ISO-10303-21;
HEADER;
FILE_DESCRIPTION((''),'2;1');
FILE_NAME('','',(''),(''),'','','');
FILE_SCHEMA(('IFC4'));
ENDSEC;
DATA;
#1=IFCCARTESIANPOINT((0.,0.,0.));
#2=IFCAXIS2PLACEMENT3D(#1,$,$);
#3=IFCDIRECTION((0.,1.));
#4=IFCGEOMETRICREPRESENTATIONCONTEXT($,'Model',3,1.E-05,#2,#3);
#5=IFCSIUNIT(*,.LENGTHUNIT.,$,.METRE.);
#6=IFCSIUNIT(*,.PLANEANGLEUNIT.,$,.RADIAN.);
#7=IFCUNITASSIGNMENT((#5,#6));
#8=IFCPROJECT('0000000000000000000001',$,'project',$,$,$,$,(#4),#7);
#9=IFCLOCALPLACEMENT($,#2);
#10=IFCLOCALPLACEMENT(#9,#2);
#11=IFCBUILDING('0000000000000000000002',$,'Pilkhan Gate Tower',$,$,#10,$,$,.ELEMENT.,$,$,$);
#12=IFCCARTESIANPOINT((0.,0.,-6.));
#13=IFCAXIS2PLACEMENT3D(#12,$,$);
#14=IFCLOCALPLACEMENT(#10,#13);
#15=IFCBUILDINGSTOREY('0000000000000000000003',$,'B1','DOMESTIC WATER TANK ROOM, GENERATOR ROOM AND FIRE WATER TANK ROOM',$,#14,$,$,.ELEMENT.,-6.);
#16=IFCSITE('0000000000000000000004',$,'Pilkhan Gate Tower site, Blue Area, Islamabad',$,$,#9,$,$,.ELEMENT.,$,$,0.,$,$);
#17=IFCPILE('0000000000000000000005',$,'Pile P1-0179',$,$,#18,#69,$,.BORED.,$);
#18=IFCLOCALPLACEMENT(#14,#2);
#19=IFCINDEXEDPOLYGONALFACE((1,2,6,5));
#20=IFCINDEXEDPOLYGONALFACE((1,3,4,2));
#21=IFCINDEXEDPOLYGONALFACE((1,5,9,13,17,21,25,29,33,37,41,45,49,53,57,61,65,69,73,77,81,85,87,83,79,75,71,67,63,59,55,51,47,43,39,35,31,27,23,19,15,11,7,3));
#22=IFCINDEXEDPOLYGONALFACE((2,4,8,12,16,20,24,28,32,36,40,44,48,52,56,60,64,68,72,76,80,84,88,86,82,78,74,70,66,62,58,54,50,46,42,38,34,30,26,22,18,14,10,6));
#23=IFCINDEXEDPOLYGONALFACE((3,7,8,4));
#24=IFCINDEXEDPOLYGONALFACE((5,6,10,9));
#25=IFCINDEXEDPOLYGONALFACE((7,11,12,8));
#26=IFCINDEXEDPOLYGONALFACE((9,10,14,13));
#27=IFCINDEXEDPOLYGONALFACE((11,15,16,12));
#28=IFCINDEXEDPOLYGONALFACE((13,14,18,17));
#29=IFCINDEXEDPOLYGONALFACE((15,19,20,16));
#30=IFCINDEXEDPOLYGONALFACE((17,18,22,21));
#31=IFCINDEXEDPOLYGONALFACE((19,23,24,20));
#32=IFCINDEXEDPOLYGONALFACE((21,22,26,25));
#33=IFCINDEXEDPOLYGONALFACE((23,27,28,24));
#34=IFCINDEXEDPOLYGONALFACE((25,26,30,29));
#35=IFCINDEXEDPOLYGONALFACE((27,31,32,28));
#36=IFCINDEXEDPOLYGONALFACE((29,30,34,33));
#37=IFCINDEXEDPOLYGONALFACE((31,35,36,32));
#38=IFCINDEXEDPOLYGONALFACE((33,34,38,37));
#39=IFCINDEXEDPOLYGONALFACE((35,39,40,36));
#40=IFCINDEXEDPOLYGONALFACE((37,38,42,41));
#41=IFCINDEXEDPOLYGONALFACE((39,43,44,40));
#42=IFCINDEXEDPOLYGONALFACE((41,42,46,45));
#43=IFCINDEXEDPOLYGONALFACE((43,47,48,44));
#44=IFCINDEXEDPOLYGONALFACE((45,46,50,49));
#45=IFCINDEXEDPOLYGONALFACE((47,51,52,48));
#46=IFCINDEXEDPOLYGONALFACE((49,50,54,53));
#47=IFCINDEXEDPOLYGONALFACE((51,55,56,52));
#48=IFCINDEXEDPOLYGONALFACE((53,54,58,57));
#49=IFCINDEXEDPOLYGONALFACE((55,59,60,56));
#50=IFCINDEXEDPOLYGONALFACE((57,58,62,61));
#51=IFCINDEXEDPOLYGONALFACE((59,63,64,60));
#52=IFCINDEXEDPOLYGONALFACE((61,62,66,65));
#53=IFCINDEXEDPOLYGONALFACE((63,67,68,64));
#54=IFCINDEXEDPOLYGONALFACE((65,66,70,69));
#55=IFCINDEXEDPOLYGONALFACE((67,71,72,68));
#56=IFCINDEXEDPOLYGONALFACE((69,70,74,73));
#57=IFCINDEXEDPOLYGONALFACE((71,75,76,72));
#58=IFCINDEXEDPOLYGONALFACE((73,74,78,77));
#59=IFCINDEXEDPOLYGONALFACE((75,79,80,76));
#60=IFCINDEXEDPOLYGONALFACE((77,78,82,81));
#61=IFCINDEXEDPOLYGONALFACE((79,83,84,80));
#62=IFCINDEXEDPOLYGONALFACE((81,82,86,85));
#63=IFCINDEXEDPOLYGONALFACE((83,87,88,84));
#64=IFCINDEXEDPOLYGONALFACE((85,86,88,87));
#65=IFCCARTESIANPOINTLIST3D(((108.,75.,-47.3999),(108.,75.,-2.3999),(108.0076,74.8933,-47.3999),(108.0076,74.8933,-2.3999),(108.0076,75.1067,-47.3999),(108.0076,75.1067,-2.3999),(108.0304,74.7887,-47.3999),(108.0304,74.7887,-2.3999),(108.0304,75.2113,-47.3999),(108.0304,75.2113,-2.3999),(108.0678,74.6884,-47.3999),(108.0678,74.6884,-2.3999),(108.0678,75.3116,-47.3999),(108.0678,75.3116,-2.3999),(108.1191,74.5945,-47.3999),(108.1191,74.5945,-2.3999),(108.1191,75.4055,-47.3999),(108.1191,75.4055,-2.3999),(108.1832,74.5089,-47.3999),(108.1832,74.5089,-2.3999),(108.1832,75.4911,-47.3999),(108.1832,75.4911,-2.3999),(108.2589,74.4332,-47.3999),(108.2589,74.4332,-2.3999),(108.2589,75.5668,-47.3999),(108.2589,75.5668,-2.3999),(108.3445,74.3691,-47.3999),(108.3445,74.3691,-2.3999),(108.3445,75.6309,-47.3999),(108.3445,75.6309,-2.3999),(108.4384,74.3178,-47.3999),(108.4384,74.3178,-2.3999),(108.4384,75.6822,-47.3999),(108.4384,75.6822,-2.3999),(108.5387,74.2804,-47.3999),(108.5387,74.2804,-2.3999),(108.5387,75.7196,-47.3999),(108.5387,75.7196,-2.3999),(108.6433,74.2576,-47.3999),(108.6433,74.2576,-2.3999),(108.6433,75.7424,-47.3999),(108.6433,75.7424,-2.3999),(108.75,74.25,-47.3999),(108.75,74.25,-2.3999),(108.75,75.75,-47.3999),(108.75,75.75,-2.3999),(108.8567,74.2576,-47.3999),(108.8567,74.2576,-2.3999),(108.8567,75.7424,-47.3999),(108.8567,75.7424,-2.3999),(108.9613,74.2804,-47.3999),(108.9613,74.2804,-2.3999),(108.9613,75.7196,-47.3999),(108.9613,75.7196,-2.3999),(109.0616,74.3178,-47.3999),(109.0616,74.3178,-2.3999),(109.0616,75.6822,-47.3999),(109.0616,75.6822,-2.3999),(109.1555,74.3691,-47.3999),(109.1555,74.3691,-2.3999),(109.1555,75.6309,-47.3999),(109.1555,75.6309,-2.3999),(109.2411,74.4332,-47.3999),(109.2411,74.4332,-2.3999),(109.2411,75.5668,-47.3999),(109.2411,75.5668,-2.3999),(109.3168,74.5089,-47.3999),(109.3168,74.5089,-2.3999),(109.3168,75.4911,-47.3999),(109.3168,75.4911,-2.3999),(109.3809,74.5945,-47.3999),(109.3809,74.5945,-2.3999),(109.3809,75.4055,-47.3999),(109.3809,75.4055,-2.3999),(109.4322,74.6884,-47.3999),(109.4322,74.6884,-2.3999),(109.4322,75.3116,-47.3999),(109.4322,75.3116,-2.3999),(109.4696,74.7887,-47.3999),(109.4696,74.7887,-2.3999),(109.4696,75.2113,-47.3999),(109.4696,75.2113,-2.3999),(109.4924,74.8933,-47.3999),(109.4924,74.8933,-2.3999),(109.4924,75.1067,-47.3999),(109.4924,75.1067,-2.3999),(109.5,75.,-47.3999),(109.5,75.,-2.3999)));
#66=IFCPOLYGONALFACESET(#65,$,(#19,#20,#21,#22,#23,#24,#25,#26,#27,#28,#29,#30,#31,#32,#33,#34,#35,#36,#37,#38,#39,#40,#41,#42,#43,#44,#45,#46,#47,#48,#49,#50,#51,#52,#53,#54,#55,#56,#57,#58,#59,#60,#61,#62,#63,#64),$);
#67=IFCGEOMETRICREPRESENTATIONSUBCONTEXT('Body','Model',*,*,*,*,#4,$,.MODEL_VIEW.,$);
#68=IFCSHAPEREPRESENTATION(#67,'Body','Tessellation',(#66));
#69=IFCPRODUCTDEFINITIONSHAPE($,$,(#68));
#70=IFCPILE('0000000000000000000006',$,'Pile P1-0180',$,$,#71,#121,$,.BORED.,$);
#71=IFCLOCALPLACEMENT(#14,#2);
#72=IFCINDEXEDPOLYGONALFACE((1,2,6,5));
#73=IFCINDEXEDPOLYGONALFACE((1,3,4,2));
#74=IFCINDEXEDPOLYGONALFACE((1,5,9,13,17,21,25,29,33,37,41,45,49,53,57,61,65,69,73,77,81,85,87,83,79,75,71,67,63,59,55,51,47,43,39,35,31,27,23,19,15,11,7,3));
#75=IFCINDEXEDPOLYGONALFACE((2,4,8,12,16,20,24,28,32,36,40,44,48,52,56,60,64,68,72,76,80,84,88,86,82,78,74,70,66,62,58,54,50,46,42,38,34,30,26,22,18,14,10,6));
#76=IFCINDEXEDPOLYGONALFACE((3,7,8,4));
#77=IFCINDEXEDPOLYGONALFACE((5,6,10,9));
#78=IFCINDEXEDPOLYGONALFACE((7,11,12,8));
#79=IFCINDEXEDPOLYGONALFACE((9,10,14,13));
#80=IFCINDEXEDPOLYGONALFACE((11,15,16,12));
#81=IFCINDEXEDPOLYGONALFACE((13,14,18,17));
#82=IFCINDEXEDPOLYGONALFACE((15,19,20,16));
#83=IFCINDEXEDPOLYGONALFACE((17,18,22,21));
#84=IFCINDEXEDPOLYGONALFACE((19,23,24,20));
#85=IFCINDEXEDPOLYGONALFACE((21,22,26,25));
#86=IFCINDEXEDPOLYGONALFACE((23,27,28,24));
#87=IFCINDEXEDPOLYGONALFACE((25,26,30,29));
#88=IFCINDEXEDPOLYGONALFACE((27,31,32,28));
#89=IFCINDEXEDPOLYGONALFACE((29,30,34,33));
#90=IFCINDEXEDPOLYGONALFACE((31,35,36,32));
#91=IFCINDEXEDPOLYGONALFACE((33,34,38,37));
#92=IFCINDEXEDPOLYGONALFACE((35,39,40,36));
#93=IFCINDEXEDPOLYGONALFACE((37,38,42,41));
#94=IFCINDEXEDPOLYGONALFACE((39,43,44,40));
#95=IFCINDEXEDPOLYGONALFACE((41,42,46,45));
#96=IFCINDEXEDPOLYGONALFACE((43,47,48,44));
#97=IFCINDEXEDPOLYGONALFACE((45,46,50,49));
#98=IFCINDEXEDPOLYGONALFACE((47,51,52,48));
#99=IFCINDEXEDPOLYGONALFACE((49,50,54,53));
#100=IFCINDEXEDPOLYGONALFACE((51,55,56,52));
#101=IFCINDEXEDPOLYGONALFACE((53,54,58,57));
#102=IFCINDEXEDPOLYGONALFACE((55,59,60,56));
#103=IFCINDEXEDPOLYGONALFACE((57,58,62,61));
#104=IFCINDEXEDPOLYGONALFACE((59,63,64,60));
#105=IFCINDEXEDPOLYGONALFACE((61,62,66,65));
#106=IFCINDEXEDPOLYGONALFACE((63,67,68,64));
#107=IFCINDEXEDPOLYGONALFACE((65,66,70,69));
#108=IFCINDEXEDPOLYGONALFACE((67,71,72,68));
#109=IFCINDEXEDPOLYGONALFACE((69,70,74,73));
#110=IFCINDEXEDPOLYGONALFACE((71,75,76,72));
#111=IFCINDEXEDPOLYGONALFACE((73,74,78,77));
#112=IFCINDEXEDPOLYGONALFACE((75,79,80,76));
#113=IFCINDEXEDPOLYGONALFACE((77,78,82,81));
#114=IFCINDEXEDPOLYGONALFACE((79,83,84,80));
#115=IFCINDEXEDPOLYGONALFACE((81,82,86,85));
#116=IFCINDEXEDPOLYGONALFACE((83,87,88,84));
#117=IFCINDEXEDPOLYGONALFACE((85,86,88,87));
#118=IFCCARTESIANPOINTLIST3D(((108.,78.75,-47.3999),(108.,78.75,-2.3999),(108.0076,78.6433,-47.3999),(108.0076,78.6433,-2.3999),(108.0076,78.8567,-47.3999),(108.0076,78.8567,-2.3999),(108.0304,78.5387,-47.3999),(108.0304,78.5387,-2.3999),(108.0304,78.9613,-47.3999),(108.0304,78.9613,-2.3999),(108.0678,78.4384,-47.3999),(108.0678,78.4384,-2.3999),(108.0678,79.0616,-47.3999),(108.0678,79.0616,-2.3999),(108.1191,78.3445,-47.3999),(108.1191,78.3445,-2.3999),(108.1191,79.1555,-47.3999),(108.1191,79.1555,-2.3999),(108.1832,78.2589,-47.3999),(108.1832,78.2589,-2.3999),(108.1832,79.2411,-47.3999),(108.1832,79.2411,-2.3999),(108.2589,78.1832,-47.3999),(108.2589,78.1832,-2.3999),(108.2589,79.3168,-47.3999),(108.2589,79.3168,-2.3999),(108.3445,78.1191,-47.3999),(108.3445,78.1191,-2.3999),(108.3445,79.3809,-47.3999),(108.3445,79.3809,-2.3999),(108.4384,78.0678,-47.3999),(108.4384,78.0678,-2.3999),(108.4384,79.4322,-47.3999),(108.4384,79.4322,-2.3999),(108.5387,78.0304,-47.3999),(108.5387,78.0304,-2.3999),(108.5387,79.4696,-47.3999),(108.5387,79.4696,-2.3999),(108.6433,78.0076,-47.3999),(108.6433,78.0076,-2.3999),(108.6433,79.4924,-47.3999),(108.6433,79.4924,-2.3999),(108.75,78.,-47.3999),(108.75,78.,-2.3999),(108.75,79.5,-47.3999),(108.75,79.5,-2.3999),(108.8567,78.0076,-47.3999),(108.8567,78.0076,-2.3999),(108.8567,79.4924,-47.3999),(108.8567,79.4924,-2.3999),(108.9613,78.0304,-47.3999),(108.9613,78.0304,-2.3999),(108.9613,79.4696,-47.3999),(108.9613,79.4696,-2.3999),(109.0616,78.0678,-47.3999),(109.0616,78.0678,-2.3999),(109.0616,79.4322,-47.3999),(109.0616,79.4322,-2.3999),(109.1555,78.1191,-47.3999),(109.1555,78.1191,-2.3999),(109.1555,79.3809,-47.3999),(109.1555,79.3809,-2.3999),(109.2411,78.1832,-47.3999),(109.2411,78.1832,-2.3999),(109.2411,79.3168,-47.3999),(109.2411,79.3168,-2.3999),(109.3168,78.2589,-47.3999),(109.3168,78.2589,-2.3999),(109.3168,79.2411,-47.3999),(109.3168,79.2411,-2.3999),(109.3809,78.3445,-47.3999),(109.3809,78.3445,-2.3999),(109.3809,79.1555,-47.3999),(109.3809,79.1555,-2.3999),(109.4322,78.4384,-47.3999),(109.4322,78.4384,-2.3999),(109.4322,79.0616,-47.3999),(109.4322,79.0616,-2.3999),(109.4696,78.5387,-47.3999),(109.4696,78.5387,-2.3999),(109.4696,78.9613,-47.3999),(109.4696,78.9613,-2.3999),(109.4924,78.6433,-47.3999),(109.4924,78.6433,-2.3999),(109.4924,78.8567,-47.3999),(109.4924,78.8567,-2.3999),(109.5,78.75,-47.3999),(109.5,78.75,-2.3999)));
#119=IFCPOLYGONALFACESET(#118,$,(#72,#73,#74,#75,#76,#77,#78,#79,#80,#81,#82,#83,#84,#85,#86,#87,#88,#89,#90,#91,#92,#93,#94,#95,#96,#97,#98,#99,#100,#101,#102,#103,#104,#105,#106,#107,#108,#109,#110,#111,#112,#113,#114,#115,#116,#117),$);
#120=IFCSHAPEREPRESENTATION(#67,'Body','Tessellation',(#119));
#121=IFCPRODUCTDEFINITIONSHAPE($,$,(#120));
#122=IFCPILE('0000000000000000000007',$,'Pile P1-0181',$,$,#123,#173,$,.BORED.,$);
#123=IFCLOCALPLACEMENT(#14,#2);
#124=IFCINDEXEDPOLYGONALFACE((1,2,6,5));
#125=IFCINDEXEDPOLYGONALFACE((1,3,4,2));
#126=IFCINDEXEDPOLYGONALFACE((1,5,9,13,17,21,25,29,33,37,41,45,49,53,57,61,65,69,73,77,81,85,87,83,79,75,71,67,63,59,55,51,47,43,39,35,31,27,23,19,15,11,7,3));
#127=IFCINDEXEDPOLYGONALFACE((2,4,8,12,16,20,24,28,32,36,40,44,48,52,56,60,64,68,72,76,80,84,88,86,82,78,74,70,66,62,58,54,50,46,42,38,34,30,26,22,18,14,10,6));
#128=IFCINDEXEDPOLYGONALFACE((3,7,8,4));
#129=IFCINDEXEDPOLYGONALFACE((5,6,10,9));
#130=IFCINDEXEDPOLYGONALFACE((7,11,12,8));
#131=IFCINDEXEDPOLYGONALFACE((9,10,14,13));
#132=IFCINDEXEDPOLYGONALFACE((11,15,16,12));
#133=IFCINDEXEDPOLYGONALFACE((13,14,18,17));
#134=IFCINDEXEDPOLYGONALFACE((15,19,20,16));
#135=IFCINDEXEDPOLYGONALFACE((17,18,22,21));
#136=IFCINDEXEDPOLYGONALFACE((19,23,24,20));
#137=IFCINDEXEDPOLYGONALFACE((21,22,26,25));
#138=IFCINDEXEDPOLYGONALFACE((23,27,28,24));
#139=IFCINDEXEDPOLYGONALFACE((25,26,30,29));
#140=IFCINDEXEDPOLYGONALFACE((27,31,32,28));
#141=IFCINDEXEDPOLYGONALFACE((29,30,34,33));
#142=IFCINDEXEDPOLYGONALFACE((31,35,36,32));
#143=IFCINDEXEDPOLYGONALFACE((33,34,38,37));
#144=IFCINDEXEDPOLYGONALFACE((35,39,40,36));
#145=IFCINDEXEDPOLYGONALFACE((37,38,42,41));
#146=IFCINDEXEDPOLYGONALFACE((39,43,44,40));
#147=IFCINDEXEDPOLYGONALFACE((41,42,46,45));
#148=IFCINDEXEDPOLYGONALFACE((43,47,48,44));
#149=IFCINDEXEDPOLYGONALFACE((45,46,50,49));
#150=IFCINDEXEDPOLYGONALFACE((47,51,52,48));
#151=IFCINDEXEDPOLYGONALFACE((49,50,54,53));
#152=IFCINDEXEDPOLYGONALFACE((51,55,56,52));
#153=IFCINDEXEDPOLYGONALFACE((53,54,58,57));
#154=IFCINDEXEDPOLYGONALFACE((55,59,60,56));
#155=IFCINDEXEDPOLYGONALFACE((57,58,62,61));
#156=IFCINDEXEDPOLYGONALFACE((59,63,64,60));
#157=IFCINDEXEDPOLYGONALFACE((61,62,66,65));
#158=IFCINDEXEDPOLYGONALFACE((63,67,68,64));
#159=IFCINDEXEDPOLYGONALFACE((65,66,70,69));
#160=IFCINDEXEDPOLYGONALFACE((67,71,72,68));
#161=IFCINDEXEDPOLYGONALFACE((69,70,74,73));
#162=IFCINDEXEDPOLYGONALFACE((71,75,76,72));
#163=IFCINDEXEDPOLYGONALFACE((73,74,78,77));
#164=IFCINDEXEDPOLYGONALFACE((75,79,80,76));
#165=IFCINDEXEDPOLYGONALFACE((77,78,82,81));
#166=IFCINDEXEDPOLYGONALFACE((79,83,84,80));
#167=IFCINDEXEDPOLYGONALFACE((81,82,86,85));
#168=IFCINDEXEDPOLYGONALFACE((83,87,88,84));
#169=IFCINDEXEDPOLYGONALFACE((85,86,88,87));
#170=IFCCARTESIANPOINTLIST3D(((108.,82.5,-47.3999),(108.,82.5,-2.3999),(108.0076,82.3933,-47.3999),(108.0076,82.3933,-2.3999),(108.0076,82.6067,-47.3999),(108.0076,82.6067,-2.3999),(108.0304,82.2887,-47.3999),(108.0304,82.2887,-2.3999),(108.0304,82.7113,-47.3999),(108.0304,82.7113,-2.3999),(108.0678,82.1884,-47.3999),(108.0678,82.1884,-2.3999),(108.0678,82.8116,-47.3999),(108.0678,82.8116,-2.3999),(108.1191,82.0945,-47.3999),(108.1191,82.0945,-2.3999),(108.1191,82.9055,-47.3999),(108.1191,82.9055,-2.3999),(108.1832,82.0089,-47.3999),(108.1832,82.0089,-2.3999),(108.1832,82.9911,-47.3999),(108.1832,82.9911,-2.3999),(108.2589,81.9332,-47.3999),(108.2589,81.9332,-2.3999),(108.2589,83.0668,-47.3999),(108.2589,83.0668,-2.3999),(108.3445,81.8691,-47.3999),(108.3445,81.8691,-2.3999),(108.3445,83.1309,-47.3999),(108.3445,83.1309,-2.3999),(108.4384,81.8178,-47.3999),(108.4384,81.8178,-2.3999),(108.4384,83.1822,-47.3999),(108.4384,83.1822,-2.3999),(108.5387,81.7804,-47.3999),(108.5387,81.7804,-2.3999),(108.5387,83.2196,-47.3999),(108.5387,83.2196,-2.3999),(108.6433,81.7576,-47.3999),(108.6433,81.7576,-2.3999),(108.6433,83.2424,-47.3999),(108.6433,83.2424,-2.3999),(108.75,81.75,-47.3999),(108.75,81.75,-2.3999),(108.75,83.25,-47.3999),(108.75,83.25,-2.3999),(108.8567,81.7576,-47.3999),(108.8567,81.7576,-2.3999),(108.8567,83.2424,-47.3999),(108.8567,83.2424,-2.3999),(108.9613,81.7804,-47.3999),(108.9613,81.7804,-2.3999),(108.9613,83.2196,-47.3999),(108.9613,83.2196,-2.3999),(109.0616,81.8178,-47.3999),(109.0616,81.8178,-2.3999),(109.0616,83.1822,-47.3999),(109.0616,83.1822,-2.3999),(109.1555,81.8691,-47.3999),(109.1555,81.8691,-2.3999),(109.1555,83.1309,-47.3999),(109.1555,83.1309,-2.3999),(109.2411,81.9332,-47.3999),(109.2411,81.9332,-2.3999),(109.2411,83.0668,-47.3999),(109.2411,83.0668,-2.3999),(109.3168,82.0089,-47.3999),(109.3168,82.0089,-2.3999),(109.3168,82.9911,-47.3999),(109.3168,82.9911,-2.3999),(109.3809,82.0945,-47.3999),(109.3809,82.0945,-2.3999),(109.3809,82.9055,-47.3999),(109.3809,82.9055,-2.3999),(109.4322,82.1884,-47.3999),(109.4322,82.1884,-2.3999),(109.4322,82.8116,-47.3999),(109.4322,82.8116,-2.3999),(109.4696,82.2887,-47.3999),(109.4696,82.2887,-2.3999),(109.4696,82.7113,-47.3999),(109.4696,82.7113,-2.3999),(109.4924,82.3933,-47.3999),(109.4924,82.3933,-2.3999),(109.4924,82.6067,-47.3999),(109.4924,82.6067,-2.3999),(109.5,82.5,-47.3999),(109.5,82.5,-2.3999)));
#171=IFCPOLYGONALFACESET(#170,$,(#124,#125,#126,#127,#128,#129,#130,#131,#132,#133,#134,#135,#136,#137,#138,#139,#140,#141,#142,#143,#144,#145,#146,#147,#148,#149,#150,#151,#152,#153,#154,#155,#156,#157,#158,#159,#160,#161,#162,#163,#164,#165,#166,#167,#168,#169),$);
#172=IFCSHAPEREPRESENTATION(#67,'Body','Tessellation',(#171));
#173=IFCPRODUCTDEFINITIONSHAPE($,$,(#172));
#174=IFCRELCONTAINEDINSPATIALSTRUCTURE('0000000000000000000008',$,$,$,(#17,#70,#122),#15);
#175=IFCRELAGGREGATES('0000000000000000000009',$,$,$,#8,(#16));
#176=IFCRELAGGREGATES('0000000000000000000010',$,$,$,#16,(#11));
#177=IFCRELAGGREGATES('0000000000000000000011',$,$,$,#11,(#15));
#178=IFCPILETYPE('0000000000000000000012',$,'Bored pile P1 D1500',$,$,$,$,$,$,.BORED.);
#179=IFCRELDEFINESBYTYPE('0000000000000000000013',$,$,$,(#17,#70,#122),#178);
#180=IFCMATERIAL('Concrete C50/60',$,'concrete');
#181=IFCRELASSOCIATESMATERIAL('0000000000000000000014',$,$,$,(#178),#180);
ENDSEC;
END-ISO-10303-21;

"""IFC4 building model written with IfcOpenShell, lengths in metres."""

from ifc_helpers import new_model, si_unit, direction, frame, origin, origin_2d, place, context, subcontext, project, spatial, circle, extrude, material, material_profile, profile_set, type_object, element, save


model = new_model("IFC4")

# Units and contexts
model_context = context("Model", 3, precision=1e-05, world=origin(), true_north=direction((0.0, 1.0)))
body_context = subcontext(model_context, "Body", "Model", "MODEL_VIEW")
ifc_project = project(units=[si_unit("LENGTHUNIT", "METRE"), si_unit("PLANEANGLEUNIT", "RADIAN")], contexts=[model_context])

# Site, building, storey
site_placement = place(None, origin())
site = spatial("IfcSite", under=ifc_project, at=site_placement, Name="Pilkhan Gate Tower site, Blue Area, Islamabad", CompositionType="ELEMENT", RefElevation=0.0)
building_placement = place(site_placement, origin())
building = spatial("IfcBuilding", under=site, at=building_placement, Name="Pilkhan Gate Tower", CompositionType="ELEMENT")
storey_placement = place(building_placement, frame((0.0, 0.0, -6.0)))
storey = spatial("IfcBuildingStorey", under=building, at=storey_placement, Name="B1", Description="DOMESTIC WATER TANK ROOM, GENERATOR ROOM AND FIRE WATER TANK ROOM", CompositionType="ELEMENT", Elevation=-6.0)

# Piles
ifc_material_1 = material(Name="Concrete C50/60", Category="concrete")
ifc_material_profile_1 = material_profile(ifc_material_1, circle(Radius=0.75, at=origin_2d()), Name="Bored pile 1500 dia")
ifc_profile_set_1 = profile_set([ifc_material_profile_1], Name="Concrete C50/60")
pile_type = type_object("IfcPileType", Name="Bored pile P1 D1500", PredefinedType="BORED", material=ifc_profile_set_1)
for number, where, z_axis, x_axis, name in (
    (1, (108.75, 75.0, -2.3999), (0.0, 0.0, -1.0), (1.0, 0.0, 0.0), "Pile P1-0179"),
    (2, (108.75, 78.75, -2.3999), (0.0, 0.0, -1.0), (1.0, 0.0, 0.0), "Pile P1-0180"),
    (3, (108.75, 82.5, -2.3999), (0.0, 0.0, -1.0), (1.0, 0.0, 0.0), "Pile P1-0181"),
):
    element("IfcPile", number, at=place(storey_placement, frame(where, z_axis=z_axis, x_axis=x_axis)), inside=storey, type_object=pile_type, Name=name, PredefinedType="BORED", context=body_context, shape_type="SweptSolid", body=[
        extrude(circle(Radius=0.75, at=origin_2d()), origin(), (0.0, 0.0, 1.0), 45.0),
    ])

save(model, "model.ifc")
